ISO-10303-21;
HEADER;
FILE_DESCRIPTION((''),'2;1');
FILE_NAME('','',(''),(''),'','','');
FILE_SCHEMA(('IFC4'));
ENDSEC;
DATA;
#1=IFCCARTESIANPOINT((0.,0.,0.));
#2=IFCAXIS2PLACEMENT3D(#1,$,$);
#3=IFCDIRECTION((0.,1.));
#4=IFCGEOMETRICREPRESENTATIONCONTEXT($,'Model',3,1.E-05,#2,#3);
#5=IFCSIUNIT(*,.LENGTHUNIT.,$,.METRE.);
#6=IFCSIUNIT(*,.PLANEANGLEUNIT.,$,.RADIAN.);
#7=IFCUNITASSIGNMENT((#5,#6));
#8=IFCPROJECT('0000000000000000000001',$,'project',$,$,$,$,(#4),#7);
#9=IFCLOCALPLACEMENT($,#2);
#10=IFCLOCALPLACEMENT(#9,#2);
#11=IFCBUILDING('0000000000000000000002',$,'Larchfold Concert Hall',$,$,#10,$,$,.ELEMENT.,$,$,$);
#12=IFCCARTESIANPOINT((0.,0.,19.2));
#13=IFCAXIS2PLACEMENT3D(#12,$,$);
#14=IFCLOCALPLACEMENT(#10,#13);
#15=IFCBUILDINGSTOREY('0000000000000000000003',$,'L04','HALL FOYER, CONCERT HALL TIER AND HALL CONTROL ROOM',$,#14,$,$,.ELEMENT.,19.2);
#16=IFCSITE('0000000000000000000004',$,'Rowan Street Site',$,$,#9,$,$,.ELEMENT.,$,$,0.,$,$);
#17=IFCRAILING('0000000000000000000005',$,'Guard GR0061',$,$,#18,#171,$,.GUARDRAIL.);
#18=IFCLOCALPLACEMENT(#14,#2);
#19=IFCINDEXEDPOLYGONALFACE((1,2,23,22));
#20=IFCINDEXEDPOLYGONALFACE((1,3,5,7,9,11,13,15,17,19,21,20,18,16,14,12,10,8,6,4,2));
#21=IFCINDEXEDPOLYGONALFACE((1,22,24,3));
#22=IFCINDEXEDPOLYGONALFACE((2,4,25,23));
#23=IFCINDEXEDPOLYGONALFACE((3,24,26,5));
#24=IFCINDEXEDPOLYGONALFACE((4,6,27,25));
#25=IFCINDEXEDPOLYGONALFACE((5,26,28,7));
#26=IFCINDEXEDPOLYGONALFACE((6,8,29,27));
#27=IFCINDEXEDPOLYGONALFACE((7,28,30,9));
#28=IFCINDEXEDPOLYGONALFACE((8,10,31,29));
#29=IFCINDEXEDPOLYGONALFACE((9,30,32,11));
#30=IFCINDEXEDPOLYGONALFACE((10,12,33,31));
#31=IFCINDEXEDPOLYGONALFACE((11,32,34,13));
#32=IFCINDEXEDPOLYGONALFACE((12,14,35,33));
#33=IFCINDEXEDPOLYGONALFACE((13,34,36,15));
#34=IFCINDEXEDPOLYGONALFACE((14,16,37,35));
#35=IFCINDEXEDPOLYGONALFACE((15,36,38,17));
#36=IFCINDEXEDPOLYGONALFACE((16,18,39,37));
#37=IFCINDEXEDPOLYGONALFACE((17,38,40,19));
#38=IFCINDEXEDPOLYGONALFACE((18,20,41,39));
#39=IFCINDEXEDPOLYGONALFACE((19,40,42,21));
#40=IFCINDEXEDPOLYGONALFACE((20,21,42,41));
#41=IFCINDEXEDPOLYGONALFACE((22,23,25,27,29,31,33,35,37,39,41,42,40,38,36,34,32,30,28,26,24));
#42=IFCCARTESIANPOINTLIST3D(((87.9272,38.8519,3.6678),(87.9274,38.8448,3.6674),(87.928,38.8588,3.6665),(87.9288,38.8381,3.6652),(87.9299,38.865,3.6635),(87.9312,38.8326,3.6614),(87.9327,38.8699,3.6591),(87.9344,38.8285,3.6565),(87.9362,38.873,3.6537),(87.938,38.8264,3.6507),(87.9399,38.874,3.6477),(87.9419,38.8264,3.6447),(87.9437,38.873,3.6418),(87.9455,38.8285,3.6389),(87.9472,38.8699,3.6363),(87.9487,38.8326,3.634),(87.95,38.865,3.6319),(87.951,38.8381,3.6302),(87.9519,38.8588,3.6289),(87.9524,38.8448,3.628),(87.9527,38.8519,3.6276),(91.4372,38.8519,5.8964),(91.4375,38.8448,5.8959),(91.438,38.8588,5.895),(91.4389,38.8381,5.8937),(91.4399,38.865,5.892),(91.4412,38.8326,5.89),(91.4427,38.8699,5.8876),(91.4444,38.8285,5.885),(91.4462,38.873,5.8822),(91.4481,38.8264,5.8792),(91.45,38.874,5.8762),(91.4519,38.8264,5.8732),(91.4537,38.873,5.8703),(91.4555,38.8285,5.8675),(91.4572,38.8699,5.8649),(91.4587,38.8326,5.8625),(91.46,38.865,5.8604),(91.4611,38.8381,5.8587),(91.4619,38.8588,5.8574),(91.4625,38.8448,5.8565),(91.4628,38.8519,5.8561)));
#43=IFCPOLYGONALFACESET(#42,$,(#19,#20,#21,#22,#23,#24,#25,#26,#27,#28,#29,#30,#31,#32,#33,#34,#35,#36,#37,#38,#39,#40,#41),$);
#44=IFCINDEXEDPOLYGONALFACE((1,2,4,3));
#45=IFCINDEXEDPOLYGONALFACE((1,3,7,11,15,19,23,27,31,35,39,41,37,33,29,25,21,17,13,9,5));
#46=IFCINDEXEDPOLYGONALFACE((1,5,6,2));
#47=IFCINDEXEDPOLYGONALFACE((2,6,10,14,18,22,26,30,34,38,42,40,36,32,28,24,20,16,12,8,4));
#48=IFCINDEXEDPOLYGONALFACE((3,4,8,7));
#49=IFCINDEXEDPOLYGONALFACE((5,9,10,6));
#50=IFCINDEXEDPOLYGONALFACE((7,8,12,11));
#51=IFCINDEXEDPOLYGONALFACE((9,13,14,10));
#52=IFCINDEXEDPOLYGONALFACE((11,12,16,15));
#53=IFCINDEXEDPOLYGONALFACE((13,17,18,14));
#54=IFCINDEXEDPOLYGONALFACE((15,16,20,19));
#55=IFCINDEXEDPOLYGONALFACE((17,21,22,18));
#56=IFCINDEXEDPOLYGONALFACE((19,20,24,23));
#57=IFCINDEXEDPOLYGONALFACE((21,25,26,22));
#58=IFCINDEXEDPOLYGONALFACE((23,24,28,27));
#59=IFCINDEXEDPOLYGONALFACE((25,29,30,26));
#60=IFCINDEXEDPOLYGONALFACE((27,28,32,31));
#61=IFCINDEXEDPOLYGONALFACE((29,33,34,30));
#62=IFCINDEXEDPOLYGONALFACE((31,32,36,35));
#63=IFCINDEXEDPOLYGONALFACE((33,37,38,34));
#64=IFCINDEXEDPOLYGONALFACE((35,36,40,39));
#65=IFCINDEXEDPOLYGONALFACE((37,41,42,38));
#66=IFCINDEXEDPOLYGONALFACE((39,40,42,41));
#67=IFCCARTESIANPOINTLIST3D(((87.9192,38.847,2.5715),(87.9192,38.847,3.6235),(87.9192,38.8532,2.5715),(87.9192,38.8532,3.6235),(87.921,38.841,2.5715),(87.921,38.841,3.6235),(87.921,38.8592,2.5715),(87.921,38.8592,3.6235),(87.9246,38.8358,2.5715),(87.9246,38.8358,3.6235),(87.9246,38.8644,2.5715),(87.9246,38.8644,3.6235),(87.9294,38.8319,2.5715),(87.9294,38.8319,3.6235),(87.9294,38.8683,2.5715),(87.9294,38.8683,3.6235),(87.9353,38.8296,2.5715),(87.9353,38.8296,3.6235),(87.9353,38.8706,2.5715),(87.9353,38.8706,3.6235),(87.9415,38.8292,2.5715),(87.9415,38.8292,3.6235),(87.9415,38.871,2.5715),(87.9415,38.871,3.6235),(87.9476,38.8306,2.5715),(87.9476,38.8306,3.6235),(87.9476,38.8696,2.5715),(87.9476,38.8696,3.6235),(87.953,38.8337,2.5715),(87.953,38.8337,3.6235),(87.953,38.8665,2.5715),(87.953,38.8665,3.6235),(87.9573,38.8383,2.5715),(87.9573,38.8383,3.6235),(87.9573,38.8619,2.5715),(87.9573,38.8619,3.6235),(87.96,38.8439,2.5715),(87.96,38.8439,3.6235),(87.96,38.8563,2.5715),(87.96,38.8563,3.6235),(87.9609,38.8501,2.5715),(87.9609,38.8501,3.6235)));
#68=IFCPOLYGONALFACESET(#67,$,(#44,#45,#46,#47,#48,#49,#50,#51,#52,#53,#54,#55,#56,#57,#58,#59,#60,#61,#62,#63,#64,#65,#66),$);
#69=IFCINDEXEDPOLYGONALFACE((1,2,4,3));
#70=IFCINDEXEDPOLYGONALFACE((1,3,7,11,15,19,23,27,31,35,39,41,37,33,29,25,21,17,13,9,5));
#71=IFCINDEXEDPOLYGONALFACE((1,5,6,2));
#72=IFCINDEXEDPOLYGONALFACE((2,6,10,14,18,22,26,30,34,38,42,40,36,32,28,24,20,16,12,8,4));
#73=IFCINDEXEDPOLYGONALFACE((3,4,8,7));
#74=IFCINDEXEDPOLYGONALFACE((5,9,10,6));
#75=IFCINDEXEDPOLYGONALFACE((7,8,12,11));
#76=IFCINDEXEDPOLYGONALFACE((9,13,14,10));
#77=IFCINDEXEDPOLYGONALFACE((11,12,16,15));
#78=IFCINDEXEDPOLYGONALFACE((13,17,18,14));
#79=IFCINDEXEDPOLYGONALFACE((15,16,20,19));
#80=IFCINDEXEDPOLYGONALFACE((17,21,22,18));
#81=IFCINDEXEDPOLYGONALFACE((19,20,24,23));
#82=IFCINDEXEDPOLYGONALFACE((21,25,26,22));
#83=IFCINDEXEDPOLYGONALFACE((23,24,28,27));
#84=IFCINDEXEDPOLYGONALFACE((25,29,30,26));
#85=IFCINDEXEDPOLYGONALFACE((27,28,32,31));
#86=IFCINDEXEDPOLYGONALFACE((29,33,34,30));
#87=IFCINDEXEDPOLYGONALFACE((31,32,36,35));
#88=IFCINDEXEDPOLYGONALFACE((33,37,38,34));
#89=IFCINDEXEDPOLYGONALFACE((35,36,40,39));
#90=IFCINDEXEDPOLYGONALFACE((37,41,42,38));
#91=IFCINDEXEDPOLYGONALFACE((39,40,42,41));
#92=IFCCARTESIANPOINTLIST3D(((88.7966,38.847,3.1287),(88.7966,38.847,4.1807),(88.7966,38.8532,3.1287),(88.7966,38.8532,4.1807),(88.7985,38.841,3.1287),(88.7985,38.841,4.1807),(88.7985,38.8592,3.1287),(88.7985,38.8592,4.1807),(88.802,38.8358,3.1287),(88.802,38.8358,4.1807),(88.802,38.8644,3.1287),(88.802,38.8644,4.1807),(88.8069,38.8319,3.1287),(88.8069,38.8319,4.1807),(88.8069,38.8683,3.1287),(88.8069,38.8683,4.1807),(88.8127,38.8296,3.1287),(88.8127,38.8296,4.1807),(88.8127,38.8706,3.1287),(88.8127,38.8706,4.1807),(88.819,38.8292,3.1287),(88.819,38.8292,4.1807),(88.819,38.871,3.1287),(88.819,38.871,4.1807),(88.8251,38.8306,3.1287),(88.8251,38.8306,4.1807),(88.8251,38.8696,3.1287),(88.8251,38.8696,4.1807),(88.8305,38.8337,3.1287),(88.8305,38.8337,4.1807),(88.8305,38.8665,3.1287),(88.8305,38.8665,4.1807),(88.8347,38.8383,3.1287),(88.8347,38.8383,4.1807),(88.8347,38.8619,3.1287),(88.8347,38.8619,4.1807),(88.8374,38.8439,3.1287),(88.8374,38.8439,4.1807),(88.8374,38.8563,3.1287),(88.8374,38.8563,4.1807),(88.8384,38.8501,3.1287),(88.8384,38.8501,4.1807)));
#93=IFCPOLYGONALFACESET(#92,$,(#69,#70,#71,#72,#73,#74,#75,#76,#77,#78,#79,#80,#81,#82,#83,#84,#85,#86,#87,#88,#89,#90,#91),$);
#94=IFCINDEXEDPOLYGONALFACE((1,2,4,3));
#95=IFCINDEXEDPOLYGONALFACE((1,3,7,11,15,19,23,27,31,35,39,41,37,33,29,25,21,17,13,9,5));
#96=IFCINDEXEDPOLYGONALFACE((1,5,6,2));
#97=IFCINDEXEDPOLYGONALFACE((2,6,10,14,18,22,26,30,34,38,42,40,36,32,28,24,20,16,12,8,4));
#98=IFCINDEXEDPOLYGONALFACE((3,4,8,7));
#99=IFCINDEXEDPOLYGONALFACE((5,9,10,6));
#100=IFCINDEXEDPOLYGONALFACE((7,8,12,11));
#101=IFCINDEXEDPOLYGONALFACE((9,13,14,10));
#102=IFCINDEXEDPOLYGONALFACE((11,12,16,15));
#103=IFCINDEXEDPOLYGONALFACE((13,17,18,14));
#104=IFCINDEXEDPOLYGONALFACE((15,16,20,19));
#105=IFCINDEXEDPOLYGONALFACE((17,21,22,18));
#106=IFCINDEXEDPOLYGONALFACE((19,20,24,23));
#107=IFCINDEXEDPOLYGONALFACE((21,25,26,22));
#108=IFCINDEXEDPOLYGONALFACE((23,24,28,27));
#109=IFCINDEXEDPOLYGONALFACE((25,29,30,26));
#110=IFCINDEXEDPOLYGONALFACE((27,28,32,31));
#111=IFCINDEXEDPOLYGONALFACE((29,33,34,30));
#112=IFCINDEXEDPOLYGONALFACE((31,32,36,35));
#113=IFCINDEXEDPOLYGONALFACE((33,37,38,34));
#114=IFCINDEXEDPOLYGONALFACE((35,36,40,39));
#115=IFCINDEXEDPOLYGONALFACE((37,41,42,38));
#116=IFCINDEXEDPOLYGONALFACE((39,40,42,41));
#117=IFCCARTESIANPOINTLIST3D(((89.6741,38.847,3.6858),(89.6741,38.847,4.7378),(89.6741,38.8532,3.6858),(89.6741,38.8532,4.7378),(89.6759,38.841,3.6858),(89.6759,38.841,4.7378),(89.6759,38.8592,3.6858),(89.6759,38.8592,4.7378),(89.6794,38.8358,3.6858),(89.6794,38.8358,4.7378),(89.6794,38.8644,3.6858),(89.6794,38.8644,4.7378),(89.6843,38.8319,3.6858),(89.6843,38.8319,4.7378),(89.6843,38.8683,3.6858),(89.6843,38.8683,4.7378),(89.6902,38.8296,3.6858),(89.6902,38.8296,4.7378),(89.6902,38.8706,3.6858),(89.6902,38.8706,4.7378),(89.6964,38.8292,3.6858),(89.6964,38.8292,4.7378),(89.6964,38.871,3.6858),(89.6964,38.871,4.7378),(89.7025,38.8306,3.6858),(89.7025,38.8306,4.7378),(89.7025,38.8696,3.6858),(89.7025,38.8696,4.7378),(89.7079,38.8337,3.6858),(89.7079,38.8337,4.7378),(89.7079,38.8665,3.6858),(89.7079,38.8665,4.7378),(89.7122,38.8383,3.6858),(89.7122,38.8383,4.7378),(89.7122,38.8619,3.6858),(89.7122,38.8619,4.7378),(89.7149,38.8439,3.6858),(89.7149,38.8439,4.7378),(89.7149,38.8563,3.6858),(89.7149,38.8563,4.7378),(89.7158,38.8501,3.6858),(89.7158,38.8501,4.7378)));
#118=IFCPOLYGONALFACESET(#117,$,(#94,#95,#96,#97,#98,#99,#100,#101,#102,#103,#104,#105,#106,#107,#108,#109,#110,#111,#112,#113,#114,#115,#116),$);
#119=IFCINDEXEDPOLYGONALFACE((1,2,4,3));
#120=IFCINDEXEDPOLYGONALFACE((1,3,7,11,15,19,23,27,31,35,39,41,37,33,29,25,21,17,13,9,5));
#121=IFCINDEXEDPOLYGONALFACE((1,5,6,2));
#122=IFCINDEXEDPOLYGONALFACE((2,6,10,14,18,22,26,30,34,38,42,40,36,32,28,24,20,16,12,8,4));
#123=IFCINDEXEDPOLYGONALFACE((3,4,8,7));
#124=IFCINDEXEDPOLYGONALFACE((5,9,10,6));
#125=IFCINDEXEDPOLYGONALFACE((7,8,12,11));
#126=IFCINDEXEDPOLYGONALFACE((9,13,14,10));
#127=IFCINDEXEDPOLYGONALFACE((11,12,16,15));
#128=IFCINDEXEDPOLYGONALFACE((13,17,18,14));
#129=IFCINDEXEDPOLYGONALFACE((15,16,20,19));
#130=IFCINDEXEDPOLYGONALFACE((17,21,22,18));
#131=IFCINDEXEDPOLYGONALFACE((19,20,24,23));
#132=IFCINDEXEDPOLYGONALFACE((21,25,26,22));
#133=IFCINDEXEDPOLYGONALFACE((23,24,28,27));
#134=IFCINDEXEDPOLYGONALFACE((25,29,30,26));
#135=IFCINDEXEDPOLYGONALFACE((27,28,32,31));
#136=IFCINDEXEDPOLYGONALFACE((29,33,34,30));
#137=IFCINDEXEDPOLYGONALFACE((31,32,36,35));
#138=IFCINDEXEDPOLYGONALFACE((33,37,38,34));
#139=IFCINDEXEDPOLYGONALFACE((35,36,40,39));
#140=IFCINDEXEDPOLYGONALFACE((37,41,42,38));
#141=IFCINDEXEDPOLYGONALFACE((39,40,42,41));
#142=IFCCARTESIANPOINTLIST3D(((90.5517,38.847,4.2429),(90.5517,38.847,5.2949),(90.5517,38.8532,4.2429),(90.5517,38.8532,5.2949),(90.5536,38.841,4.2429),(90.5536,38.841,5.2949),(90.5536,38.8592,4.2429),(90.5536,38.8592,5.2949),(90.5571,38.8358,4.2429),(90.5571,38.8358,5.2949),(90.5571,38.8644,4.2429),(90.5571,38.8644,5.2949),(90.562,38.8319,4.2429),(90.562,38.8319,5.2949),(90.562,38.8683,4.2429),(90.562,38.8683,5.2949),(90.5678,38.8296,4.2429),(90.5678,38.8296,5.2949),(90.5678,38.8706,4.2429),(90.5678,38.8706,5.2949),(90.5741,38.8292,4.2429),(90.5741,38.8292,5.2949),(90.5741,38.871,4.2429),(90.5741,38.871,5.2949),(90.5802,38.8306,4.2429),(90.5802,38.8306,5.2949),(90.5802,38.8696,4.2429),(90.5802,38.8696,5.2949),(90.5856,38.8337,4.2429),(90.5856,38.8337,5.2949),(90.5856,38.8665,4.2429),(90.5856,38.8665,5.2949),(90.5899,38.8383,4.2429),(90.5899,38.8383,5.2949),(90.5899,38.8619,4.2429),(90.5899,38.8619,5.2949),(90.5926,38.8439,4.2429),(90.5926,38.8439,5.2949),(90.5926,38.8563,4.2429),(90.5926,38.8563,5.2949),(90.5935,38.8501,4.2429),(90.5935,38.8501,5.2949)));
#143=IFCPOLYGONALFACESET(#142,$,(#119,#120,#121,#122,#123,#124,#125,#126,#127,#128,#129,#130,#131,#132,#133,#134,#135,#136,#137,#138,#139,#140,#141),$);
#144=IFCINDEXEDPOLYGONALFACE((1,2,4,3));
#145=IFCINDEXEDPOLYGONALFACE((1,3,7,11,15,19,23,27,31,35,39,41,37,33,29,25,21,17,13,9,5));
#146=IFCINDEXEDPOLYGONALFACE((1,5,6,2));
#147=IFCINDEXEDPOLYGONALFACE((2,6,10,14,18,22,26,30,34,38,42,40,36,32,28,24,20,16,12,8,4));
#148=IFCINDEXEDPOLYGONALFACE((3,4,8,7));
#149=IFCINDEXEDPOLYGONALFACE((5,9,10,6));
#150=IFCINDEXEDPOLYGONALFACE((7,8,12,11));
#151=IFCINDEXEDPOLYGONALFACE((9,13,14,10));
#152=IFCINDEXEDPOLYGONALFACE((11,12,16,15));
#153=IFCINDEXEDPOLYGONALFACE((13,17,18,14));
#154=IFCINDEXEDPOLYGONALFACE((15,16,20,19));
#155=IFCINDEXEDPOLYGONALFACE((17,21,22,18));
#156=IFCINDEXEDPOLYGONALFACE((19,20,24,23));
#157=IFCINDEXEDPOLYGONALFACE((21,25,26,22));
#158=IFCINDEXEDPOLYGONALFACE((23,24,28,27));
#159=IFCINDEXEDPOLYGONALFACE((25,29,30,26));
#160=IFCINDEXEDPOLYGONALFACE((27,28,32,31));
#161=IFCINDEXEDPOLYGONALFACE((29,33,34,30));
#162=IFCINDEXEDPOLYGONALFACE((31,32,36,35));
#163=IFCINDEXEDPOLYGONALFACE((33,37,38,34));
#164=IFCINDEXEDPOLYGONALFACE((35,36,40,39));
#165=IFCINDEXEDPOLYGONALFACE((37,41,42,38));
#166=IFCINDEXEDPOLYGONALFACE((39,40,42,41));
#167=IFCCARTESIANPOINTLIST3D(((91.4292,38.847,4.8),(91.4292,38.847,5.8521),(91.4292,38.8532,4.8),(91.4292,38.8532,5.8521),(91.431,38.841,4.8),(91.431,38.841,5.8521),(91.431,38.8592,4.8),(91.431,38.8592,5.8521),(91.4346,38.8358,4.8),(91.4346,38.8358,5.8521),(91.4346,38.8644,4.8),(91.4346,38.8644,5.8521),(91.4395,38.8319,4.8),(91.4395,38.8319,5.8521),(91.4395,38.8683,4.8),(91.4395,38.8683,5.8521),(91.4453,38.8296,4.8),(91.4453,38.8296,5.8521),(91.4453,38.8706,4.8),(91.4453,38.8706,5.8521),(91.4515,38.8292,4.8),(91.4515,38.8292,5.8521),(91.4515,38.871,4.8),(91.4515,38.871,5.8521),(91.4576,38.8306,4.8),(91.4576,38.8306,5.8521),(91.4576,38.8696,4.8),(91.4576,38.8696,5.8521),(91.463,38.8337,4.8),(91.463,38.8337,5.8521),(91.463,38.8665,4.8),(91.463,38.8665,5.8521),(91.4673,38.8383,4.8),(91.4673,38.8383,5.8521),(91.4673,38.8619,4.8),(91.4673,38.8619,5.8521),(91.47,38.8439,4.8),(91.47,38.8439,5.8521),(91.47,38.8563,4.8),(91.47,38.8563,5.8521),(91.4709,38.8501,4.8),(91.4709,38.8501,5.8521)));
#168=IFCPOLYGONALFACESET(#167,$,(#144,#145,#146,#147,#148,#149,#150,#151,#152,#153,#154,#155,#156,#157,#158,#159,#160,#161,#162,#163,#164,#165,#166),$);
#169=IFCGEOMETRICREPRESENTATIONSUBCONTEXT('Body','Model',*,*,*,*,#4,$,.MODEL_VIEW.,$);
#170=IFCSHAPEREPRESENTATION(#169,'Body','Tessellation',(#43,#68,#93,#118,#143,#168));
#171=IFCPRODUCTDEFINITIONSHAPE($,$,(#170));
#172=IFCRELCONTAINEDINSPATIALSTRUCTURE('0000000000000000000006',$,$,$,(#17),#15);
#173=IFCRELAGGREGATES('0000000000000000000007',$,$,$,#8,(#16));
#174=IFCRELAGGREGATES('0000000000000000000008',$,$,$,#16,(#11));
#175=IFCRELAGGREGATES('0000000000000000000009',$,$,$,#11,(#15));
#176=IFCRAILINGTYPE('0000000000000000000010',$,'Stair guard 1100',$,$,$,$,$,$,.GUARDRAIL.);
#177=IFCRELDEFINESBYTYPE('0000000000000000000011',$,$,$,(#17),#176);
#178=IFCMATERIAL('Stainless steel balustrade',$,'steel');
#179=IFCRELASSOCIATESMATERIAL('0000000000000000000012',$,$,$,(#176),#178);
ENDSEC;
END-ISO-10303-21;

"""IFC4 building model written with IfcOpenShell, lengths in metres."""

from ifc_helpers import new_model, si_unit, direction, frame, origin, origin_2d, place, context, subcontext, project, spatial, circle, extrude, material, type_object, element, save


model = new_model("IFC4")

# Units and contexts
model_context = context("Model", 3, precision=1e-05, world=origin(), true_north=direction((0.0, 1.0)))
body_context = subcontext(model_context, "Body", "Model", "MODEL_VIEW")
ifc_project = project(units=[si_unit("LENGTHUNIT", "METRE"), si_unit("PLANEANGLEUNIT", "RADIAN")], contexts=[model_context])

# Site, building, storey
site_placement = place(None, origin())
site = spatial("IfcSite", under=ifc_project, at=site_placement, Name="Rowan Street Site", CompositionType="ELEMENT", RefElevation=0.0)
building_placement = place(site_placement, origin())
building = spatial("IfcBuilding", under=site, at=building_placement, Name="Larchfold Concert Hall", CompositionType="ELEMENT")
storey_placement = place(building_placement, frame((0.0, 0.0, 19.2)))
storey = spatial("IfcBuildingStorey", under=building, at=storey_placement, Name="L04", Description="HALL FOYER, CONCERT HALL TIER AND HALL CONTROL ROOM", CompositionType="ELEMENT", Elevation=19.2)

# Railing
ifc_material_1 = material(Name="Stainless steel balustrade", Category="steel")
railing_type_1 = type_object("IfcRailingType", Name="Stair guard 1100", PredefinedType="GUARDRAIL", material=ifc_material_1)
railing_1_placement = place(storey_placement, frame((87.9399, 38.8501, 2.5715)))
element("IfcRailing", 1, at=railing_1_placement, inside=storey, type_object=railing_type_1, Name="Guard GR0061", PredefinedType="GUARDRAIL", context=body_context, shape_type="SweptSolid", body=[
    extrude(circle(Radius=0.0239, at=origin_2d()), frame((0.0, 0.0, 1.0762), z_axis=(0.84422, 0.0, 0.535998), x_axis=(0.0, 1.0, 0.0)), (0.0, 0.0, 1.0), 4.1577),
    extrude(circle(Radius=0.021, at=origin_2d()), origin(), (0.0, 0.0, 1.0), 1.052),
    extrude(circle(Radius=0.021, at=origin_2d()), frame((0.8774, 0.0, 0.5571)), (0.0, 0.0, 1.0), 1.052),
    extrude(circle(Radius=0.021, at=origin_2d()), frame((1.7549, 0.0, 1.1143)), (0.0, 0.0, 1.0), 1.052),
    extrude(circle(Radius=0.021, at=origin_2d()), frame((2.6326, 0.0, 1.6714)), (0.0, 0.0, 1.0), 1.052),
    extrude(circle(Radius=0.021, at=origin_2d()), frame((3.51, 0.0, 2.2285)), (0.0, 0.0, 1.0), 1.052),
])

save(model, "model.ifc")
